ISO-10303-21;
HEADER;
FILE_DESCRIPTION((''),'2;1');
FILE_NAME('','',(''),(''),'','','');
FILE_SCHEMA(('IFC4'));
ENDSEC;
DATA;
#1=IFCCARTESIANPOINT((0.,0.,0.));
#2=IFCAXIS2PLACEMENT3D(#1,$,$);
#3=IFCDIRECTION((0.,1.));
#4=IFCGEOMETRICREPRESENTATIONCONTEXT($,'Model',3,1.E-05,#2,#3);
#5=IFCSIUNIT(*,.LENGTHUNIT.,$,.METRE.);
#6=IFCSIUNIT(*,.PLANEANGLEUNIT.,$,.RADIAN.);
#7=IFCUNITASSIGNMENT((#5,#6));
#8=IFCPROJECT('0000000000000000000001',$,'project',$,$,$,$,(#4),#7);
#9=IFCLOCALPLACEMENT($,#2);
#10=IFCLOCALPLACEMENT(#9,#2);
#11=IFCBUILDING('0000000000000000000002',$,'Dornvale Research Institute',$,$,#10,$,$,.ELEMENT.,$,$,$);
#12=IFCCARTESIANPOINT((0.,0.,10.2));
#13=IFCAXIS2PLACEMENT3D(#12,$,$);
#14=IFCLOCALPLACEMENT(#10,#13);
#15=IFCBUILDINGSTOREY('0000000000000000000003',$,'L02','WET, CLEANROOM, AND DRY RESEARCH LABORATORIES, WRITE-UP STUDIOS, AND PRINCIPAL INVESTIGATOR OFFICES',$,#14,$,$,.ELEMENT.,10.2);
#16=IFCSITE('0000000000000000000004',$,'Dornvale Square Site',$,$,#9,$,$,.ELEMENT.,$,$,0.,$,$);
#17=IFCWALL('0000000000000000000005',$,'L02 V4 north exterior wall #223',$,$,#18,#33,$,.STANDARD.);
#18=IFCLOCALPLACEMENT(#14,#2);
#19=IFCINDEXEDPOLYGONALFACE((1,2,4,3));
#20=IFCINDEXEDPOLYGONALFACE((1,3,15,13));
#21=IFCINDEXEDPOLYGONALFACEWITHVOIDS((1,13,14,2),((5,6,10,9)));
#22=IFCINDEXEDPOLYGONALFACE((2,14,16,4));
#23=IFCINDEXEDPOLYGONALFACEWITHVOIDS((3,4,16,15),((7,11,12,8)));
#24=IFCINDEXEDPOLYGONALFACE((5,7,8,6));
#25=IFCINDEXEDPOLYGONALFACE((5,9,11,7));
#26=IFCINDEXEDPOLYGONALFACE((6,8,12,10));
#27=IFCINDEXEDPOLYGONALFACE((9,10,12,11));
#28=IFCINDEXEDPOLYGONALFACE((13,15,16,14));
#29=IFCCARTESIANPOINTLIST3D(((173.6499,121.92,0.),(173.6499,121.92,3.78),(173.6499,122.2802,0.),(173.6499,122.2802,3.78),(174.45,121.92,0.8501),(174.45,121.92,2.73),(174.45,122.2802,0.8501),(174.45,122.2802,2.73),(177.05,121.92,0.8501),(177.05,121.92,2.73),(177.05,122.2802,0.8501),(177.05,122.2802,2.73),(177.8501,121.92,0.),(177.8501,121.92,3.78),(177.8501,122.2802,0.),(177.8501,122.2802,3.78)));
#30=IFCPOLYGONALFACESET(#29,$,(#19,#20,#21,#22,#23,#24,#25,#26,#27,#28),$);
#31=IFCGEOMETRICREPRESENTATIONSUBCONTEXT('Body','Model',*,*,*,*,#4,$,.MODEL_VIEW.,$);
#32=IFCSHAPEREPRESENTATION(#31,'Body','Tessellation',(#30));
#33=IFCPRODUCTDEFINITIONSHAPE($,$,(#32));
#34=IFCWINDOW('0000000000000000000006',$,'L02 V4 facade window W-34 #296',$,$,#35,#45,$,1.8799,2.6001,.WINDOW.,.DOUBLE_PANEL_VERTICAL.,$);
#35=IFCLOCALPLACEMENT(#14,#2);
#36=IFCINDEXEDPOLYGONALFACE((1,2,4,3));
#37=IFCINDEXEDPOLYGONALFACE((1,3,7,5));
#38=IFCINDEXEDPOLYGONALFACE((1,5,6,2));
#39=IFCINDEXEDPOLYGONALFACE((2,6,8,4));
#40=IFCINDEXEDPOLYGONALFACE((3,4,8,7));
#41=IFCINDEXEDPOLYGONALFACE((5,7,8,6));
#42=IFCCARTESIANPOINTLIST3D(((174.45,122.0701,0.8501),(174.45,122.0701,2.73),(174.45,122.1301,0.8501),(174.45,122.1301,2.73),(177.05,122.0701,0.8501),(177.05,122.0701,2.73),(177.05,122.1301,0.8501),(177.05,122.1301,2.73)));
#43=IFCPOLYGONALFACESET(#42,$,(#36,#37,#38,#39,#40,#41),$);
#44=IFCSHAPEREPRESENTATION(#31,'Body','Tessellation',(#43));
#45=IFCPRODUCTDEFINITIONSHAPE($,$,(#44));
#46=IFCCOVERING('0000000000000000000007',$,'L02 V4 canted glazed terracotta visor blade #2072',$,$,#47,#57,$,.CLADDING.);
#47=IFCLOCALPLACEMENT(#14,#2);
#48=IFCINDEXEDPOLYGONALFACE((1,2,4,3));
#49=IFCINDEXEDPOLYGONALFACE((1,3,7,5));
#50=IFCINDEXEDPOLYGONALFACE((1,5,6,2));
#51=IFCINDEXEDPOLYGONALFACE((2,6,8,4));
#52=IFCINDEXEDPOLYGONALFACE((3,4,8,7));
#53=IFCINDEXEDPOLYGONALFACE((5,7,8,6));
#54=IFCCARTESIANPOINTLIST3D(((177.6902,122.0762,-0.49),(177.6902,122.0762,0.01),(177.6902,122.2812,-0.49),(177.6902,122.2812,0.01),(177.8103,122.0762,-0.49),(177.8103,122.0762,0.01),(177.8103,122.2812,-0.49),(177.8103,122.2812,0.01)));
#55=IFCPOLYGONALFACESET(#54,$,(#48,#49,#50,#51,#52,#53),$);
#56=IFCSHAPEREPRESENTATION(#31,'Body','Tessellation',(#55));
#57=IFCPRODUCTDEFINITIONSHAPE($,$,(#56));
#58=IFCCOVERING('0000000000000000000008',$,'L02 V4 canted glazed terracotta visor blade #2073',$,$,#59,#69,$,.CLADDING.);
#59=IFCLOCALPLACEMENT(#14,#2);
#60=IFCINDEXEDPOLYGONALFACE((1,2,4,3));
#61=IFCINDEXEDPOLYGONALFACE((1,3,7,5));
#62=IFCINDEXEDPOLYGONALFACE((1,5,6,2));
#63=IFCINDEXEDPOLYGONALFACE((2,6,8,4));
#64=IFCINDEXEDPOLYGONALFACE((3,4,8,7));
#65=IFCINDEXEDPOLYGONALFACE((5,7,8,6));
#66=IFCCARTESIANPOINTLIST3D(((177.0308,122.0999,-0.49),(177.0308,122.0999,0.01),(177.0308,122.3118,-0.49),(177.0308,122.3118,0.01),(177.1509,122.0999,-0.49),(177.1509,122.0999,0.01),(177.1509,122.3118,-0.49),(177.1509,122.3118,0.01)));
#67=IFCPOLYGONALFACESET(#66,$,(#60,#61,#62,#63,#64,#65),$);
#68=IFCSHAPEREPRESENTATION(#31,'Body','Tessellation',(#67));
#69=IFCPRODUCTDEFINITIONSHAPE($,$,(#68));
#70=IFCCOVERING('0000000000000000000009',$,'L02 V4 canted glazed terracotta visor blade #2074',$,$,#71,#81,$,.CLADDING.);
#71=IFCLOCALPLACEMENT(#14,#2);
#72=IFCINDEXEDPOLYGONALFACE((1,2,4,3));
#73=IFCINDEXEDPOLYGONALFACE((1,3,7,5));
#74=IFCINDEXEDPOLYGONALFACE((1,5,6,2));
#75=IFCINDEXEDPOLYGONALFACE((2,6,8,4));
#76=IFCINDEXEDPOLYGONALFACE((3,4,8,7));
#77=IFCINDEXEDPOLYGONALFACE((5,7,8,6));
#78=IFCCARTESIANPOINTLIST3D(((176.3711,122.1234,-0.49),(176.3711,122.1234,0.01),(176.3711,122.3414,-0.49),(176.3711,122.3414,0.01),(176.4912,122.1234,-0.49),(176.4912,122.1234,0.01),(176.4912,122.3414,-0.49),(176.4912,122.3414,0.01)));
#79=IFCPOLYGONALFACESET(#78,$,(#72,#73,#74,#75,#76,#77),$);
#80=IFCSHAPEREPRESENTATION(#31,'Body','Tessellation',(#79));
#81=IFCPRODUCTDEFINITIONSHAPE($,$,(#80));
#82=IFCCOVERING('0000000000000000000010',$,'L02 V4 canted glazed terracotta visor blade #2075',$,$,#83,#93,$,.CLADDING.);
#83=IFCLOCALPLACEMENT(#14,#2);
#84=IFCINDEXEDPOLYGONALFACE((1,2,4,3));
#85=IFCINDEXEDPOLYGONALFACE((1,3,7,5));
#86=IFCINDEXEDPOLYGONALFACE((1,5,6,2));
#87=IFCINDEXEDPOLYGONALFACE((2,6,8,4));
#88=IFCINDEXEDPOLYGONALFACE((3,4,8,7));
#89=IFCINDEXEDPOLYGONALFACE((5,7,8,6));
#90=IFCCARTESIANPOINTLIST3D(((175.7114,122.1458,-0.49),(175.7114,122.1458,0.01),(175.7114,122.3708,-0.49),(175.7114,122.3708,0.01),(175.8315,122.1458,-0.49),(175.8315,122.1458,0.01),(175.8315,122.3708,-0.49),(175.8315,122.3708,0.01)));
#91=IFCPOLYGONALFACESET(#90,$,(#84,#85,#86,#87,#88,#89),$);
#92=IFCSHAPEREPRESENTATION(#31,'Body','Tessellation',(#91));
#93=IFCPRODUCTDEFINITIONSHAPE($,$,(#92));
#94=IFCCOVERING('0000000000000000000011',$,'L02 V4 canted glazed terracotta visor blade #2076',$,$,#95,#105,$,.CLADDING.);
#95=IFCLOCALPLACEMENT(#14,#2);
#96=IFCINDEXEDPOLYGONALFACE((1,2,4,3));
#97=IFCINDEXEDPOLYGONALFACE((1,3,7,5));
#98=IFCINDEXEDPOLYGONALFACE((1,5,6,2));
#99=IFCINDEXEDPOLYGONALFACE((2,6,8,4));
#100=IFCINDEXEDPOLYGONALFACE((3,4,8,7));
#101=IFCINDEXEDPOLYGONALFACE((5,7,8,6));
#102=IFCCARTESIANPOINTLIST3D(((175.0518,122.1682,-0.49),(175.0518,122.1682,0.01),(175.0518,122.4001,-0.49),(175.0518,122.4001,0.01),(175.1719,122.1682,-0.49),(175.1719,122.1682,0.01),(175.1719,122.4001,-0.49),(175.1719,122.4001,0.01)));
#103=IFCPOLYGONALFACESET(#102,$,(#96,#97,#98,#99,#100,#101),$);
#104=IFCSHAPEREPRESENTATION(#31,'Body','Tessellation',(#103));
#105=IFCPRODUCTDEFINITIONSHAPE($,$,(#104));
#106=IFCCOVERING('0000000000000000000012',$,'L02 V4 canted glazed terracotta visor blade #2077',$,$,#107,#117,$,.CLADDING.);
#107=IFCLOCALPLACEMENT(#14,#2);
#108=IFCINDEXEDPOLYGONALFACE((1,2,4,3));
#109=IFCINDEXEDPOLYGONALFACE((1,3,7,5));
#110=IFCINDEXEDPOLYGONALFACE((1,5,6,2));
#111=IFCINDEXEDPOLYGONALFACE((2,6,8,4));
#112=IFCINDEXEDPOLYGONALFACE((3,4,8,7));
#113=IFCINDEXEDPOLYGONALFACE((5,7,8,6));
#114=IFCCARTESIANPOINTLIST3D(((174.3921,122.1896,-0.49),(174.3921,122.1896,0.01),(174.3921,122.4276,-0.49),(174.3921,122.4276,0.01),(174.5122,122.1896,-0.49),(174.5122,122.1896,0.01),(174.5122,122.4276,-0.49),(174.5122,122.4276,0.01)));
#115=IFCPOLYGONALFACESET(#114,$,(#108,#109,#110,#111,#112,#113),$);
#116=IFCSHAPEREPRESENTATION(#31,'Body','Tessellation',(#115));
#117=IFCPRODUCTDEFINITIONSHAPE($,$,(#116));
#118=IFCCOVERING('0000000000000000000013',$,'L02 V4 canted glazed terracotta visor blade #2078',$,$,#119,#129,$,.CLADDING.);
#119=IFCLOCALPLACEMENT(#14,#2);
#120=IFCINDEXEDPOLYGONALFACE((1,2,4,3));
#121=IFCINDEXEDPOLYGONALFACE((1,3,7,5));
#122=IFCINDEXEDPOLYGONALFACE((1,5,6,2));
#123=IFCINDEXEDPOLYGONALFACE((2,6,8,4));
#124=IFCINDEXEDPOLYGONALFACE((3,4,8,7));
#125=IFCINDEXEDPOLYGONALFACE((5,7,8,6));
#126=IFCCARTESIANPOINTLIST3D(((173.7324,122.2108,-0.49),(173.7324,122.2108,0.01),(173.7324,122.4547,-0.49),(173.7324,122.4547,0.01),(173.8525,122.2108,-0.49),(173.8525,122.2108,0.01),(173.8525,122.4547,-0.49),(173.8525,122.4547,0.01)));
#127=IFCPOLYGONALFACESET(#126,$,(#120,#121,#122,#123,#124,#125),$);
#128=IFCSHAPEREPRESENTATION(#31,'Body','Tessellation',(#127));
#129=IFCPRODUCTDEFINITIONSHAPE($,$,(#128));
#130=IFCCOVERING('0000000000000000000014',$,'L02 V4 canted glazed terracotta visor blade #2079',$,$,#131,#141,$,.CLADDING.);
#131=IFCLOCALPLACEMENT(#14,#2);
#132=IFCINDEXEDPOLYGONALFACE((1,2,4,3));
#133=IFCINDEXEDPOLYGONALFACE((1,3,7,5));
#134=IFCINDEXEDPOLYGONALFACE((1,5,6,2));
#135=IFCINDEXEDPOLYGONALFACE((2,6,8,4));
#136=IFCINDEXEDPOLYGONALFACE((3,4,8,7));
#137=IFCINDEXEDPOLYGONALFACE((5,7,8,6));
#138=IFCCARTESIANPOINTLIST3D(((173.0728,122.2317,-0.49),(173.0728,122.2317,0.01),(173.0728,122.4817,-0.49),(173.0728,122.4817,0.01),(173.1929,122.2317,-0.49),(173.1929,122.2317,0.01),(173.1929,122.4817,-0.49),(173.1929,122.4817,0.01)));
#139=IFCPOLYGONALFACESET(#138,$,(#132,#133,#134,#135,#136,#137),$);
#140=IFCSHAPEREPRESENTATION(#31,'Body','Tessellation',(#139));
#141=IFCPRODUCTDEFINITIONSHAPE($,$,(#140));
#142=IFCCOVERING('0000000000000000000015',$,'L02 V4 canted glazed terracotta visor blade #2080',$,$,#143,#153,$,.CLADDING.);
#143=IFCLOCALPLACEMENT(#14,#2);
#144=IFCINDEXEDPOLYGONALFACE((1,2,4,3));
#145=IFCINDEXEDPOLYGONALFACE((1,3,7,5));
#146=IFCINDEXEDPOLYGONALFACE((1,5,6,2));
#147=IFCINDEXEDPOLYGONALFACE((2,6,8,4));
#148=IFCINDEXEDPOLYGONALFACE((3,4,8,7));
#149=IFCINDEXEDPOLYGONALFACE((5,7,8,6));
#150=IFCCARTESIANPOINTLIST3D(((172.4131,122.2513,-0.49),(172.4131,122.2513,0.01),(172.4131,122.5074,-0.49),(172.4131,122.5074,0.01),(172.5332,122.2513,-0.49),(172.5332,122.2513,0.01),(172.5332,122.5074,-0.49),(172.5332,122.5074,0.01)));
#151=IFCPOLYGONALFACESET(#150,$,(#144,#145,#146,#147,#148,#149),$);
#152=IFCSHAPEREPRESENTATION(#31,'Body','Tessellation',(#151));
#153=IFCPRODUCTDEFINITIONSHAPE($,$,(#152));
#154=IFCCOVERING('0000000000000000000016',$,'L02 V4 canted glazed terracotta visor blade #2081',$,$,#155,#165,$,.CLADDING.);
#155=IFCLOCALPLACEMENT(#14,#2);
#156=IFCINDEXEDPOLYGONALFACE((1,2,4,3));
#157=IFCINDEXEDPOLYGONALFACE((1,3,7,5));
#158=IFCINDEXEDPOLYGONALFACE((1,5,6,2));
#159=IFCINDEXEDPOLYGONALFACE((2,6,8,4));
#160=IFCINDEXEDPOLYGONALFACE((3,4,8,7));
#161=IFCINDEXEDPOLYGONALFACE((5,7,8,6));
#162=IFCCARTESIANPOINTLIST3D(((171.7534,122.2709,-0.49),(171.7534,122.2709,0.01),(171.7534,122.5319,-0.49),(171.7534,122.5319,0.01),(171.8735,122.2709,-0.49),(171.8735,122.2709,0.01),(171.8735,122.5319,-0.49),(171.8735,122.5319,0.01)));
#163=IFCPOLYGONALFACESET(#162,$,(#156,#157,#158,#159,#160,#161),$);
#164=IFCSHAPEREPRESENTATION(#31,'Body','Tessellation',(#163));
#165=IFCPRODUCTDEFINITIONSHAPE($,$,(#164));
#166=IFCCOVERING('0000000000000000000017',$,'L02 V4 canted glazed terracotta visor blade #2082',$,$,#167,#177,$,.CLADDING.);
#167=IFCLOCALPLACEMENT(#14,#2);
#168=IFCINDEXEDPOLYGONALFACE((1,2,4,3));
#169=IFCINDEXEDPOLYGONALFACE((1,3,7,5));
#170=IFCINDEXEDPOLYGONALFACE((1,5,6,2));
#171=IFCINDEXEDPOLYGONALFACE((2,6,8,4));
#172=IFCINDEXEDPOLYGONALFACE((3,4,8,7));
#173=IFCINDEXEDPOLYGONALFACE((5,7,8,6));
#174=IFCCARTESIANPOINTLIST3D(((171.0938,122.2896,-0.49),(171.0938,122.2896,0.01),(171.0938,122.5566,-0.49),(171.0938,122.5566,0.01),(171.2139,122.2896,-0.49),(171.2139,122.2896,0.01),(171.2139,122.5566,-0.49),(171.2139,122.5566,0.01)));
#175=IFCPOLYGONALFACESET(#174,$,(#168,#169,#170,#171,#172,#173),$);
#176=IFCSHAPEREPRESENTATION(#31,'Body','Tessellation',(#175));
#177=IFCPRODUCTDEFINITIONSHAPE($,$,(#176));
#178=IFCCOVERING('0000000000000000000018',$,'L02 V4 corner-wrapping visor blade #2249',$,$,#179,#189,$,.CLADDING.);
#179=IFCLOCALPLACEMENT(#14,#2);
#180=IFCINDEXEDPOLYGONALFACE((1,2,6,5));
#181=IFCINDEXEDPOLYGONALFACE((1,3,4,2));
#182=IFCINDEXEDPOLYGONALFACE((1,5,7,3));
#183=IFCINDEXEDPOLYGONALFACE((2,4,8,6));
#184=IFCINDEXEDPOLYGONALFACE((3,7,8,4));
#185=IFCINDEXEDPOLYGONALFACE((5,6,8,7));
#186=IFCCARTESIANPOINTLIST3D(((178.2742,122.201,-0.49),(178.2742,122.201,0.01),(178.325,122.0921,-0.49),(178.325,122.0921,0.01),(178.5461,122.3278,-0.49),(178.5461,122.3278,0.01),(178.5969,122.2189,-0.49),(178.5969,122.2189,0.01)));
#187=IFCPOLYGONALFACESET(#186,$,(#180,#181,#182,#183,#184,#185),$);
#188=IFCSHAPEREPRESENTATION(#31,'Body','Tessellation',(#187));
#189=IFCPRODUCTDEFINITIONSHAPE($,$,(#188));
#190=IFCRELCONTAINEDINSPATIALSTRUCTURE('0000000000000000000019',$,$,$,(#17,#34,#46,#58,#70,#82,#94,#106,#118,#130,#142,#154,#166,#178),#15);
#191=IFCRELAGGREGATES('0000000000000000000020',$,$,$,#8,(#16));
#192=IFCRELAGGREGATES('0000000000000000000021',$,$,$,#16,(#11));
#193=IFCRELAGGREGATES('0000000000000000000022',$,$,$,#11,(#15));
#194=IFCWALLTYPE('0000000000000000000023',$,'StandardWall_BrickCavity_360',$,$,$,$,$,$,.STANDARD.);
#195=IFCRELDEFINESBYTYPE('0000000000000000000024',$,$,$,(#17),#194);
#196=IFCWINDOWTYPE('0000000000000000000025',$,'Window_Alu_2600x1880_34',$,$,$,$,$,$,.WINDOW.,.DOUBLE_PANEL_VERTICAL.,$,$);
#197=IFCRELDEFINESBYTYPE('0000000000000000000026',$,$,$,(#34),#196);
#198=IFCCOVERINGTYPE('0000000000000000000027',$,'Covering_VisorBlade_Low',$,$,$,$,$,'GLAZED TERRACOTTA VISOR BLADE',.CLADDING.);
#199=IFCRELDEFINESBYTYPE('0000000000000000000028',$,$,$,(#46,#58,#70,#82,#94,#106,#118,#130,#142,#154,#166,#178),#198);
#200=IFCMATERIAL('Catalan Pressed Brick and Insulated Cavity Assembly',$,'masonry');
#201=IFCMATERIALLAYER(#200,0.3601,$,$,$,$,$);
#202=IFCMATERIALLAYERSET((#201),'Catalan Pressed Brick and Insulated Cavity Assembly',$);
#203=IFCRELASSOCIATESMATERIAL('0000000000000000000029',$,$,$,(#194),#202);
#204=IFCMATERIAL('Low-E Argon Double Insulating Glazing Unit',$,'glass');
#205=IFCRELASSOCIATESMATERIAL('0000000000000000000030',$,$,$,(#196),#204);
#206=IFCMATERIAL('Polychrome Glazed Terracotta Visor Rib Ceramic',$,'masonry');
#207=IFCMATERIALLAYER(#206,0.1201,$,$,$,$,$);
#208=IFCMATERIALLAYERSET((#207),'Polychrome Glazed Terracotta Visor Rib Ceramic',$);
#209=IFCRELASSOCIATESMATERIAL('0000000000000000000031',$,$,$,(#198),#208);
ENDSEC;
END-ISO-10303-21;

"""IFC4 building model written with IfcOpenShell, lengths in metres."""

from ifc_helpers import new_model, si_unit, direction, frame, frame_2d, origin, origin_2d, place, context, subcontext, project, spatial, rectangle, extrude, material, layer, layer_set, type_object, element, fill, save


model = new_model("IFC4")

# Units and contexts
model_context = context("Model", 3, precision=1e-05, world=origin(), true_north=direction((0.0, 1.0)))
body_context = subcontext(model_context, "Body", "Model", "MODEL_VIEW")
ifc_project = project(units=[si_unit("LENGTHUNIT", "METRE"), si_unit("PLANEANGLEUNIT", "RADIAN")], contexts=[model_context])

# Site, building, storey
site_placement = place(None, origin())
site = spatial("IfcSite", under=ifc_project, at=site_placement, Name="Dornvale Square Site", CompositionType="ELEMENT", RefElevation=0.0)
building_placement = place(site_placement, origin())
building = spatial("IfcBuilding", under=site, at=building_placement, Name="Dornvale Research Institute", CompositionType="ELEMENT")
storey_placement = place(building_placement, frame((0.0, 0.0, 10.2)))
storey = spatial("IfcBuildingStorey", under=building, at=storey_placement, Name="L02", Description="WET, CLEANROOM, AND DRY RESEARCH LABORATORIES, WRITE-UP STUDIOS, AND PRINCIPAL INVESTIGATOR OFFICES", CompositionType="ELEMENT", Elevation=10.2)

# Wall, opening, window
ifc_material_1 = material(Name="Catalan Pressed Brick and Insulated Cavity Assembly", Category="masonry")
ifc_layer_1 = layer(ifc_material_1, 0.3601)
ifc_layer_set_1 = layer_set([ifc_layer_1], Name="Catalan Pressed Brick and Insulated Cavity Assembly")
wall_type = type_object("IfcWallType", Name="StandardWall_BrickCavity_360", PredefinedType="STANDARD", material=ifc_layer_set_1)
wall_placement = place(storey_placement, frame((173.6499, 122.1001, 0.0), z_axis=(0.0, 0.0, 1.0), x_axis=(1.0, 0.0, 0.0)))
wall = element("IfcWall", 1, at=wall_placement, inside=storey, type_object=wall_type, Name="L02 V4 north exterior wall #223", PredefinedType="STANDARD", context=body_context, shape_type="SweptSolid", body=[
    extrude(rectangle(XDim=4.2002, YDim=0.3601, at=frame_2d((2.1001, 0.0))), origin(), (0.0, 0.0, 1.0), 3.78),
])
opening_placement = place(wall_placement, frame((0.8, 0.0, 0.8501)))
opening = element("IfcOpeningElement", 2, at=opening_placement, cuts=wall, PredefinedType="OPENING", context=body_context, shape_type="SweptSolid", body=[
    extrude(rectangle(XDim=2.6001, YDim=1.8799, at=frame_2d((1.3, 0.9399))), frame((0.0, 0.1951, 0.0), z_axis=(0.0, -1.0, 0.0), x_axis=(1.0, 0.0, 0.0)), (0.0, 0.0, 1.0), 0.3901),
])
ifc_material_2 = material(Name="Low-E Argon Double Insulating Glazing Unit", Category="glass")
window_type = type_object("IfcWindowType", Name="Window_Alu_2600x1880_34", PartitioningType="DOUBLE_PANEL_VERTICAL", PredefinedType="WINDOW", material=ifc_material_2)
window_placement = place(opening_placement, origin())
window = element("IfcWindow", 3, at=window_placement, inside=storey, type_object=window_type, Name="L02 V4 facade window W-34 #296", OverallHeight=1.8799, OverallWidth=2.6001, PartitioningType="DOUBLE_PANEL_VERTICAL", PredefinedType="WINDOW", context=body_context, shape_type="SweptSolid", body=[
    extrude(rectangle(XDim=2.6001, YDim=1.8799, at=frame_2d((1.3, 0.9399))), frame((0.0, 0.03, 0.0), z_axis=(0.0, -1.0, 0.0), x_axis=(1.0, 0.0, 0.0)), (0.0, 0.0, 1.0), 0.0601),
])
fill(opening, window)

# Coverings
ifc_material_3 = material(Name="Polychrome Glazed Terracotta Visor Rib Ceramic", Category="masonry")
ifc_layer_2 = layer(ifc_material_3, 0.1201)
ifc_layer_set_2 = layer_set([ifc_layer_2], Name="Polychrome Glazed Terracotta Visor Rib Ceramic")
covering_type = type_object("IfcCoveringType", Name="Covering_VisorBlade_Low", ElementType="GLAZED TERRACOTTA VISOR BLADE", PredefinedType="CLADDING", material=ifc_layer_set_2)
covering_1_placement = place(storey_placement, frame((177.7502, 122.1787, -0.49), z_axis=(0.0, 0.0, 1.0), x_axis=(0.0, 1.0, 0.0)))
element("IfcCovering", 4, at=covering_1_placement, inside=storey, type_object=covering_type, Name="L02 V4 canted glazed terracotta visor blade #2072", PredefinedType="CLADDING", context=body_context, shape_type="SweptSolid", body=[
    extrude(rectangle(XDim=0.2051, YDim=0.1201, at=origin_2d()), origin(), (0.0, 0.0, 1.0), 0.5),
])
covering_2_placement = place(storey_placement, frame((177.0908, 122.2058, -0.49), z_axis=(0.0, 0.0, 1.0), x_axis=(0.0, 1.0, 0.0)))
element("IfcCovering", 5, at=covering_2_placement, inside=storey, type_object=covering_type, Name="L02 V4 canted glazed terracotta visor blade #2073", PredefinedType="CLADDING", context=body_context, shape_type="SweptSolid", body=[
    extrude(rectangle(XDim=0.2119, YDim=0.1201, at=origin_2d()), origin(), (0.0, 0.0, 1.0), 0.5),
])
covering_3_placement = place(storey_placement, frame((176.4312, 122.2324, -0.49), z_axis=(0.0, 0.0, 1.0), x_axis=(0.0, 1.0, 0.0)))
element("IfcCovering", 6, at=covering_3_placement, inside=storey, type_object=covering_type, Name="L02 V4 canted glazed terracotta visor blade #2074", PredefinedType="CLADDING", context=body_context, shape_type="SweptSolid", body=[
    extrude(rectangle(XDim=0.218, YDim=0.1201, at=origin_2d()), origin(), (0.0, 0.0, 1.0), 0.5),
])
covering_4_placement = place(storey_placement, frame((175.7715, 122.2583, -0.49), z_axis=(0.0, 0.0, 1.0), x_axis=(0.0, 1.0, 0.0)))
element("IfcCovering", 7, at=covering_4_placement, inside=storey, type_object=covering_type, Name="L02 V4 canted glazed terracotta visor blade #2075", PredefinedType="CLADDING", context=body_context, shape_type="SweptSolid", body=[
    extrude(rectangle(XDim=0.2251, YDim=0.1201, at=origin_2d()), origin(), (0.0, 0.0, 1.0), 0.5),
])
covering_5_placement = place(storey_placement, frame((175.1118, 122.2842, -0.49), z_axis=(0.0, 0.0, 1.0), x_axis=(0.0, 1.0, 0.0)))
element("IfcCovering", 8, at=covering_5_placement, inside=storey, type_object=covering_type, Name="L02 V4 canted glazed terracotta visor blade #2076", PredefinedType="CLADDING", context=body_context, shape_type="SweptSolid", body=[
    extrude(rectangle(XDim=0.2319, YDim=0.1201, at=origin_2d()), origin(), (0.0, 0.0, 1.0), 0.5),
])
covering_6_placement = place(storey_placement, frame((174.4521, 122.3086, -0.49), z_axis=(0.0, 0.0, 1.0), x_axis=(0.0, 1.0, 0.0)))
element("IfcCovering", 9, at=covering_6_placement, inside=storey, type_object=covering_type, Name="L02 V4 canted glazed terracotta visor blade #2077", PredefinedType="CLADDING", context=body_context, shape_type="SweptSolid", body=[
    extrude(rectangle(XDim=0.238, YDim=0.1201, at=origin_2d()), origin(), (0.0, 0.0, 1.0), 0.5),
])
covering_7_placement = place(storey_placement, frame((173.7925, 122.3328, -0.49), z_axis=(0.0, 0.0, 1.0), x_axis=(0.0, 1.0, 0.0)))
element("IfcCovering", 10, at=covering_7_placement, inside=storey, type_object=covering_type, Name="L02 V4 canted glazed terracotta visor blade #2078", PredefinedType="CLADDING", context=body_context, shape_type="SweptSolid", body=[
    extrude(rectangle(XDim=0.2439, YDim=0.1201, at=origin_2d()), origin(), (0.0, 0.0, 1.0), 0.5),
])
covering_8_placement = place(storey_placement, frame((173.1328, 122.3567, -0.49), z_axis=(0.0, 0.0, 1.0), x_axis=(0.0, 1.0, 0.0)))
element("IfcCovering", 11, at=covering_8_placement, inside=storey, type_object=covering_type, Name="L02 V4 canted glazed terracotta visor blade #2079", PredefinedType="CLADDING", context=body_context, shape_type="SweptSolid", body=[
    extrude(rectangle(XDim=0.25, YDim=0.1201, at=origin_2d()), origin(), (0.0, 0.0, 1.0), 0.5),
])
covering_9_placement = place(storey_placement, frame((172.4731, 122.3794, -0.49), z_axis=(0.0, 0.0, 1.0), x_axis=(0.0, 1.0, 0.0)))
element("IfcCovering", 12, at=covering_9_placement, inside=storey, type_object=covering_type, Name="L02 V4 canted glazed terracotta visor blade #2080", PredefinedType="CLADDING", context=body_context, shape_type="SweptSolid", body=[
    extrude(rectangle(XDim=0.2561, YDim=0.1201, at=origin_2d()), origin(), (0.0, 0.0, 1.0), 0.5),
])
covering_10_placement = place(storey_placement, frame((171.8135, 122.4014, -0.49), z_axis=(0.0, 0.0, 1.0), x_axis=(0.0, 1.0, 0.0)))
element("IfcCovering", 13, at=covering_10_placement, inside=storey, type_object=covering_type, Name="L02 V4 canted glazed terracotta visor blade #2081", PredefinedType="CLADDING", context=body_context, shape_type="SweptSolid", body=[
    extrude(rectangle(XDim=0.261, YDim=0.1201, at=origin_2d()), origin(), (0.0, 0.0, 1.0), 0.5),
])
covering_11_placement = place(storey_placement, frame((171.1538, 122.4231, -0.49), z_axis=(0.0, 0.0, 1.0), x_axis=(0.0, 1.0, 0.0)))
element("IfcCovering", 14, at=covering_11_placement, inside=storey, type_object=covering_type, Name="L02 V4 canted glazed terracotta visor blade #2082", PredefinedType="CLADDING", context=body_context, shape_type="SweptSolid", body=[
    extrude(rectangle(XDim=0.2671, YDim=0.1201, at=origin_2d()), origin(), (0.0, 0.0, 1.0), 0.5),
])
for number, where, z_axis, x_axis, name in (
    (15, (178.4355, 122.21, -0.49), (0.0, 0.0, 1.0), (0.906308, 0.422618, 0.0), "L02 V4 corner-wrapping visor blade #2249"),
):
    element("IfcCovering", number, at=place(storey_placement, frame(where, z_axis=z_axis, x_axis=x_axis)), inside=storey, type_object=covering_type, Name=name, PredefinedType="CLADDING", context=body_context, shape_type="SweptSolid", body=[
        extrude(rectangle(XDim=0.3, YDim=0.1201, at=origin_2d()), origin(), (0.0, 0.0, 1.0), 0.5),
    ])

save(model, "model.ifc")
